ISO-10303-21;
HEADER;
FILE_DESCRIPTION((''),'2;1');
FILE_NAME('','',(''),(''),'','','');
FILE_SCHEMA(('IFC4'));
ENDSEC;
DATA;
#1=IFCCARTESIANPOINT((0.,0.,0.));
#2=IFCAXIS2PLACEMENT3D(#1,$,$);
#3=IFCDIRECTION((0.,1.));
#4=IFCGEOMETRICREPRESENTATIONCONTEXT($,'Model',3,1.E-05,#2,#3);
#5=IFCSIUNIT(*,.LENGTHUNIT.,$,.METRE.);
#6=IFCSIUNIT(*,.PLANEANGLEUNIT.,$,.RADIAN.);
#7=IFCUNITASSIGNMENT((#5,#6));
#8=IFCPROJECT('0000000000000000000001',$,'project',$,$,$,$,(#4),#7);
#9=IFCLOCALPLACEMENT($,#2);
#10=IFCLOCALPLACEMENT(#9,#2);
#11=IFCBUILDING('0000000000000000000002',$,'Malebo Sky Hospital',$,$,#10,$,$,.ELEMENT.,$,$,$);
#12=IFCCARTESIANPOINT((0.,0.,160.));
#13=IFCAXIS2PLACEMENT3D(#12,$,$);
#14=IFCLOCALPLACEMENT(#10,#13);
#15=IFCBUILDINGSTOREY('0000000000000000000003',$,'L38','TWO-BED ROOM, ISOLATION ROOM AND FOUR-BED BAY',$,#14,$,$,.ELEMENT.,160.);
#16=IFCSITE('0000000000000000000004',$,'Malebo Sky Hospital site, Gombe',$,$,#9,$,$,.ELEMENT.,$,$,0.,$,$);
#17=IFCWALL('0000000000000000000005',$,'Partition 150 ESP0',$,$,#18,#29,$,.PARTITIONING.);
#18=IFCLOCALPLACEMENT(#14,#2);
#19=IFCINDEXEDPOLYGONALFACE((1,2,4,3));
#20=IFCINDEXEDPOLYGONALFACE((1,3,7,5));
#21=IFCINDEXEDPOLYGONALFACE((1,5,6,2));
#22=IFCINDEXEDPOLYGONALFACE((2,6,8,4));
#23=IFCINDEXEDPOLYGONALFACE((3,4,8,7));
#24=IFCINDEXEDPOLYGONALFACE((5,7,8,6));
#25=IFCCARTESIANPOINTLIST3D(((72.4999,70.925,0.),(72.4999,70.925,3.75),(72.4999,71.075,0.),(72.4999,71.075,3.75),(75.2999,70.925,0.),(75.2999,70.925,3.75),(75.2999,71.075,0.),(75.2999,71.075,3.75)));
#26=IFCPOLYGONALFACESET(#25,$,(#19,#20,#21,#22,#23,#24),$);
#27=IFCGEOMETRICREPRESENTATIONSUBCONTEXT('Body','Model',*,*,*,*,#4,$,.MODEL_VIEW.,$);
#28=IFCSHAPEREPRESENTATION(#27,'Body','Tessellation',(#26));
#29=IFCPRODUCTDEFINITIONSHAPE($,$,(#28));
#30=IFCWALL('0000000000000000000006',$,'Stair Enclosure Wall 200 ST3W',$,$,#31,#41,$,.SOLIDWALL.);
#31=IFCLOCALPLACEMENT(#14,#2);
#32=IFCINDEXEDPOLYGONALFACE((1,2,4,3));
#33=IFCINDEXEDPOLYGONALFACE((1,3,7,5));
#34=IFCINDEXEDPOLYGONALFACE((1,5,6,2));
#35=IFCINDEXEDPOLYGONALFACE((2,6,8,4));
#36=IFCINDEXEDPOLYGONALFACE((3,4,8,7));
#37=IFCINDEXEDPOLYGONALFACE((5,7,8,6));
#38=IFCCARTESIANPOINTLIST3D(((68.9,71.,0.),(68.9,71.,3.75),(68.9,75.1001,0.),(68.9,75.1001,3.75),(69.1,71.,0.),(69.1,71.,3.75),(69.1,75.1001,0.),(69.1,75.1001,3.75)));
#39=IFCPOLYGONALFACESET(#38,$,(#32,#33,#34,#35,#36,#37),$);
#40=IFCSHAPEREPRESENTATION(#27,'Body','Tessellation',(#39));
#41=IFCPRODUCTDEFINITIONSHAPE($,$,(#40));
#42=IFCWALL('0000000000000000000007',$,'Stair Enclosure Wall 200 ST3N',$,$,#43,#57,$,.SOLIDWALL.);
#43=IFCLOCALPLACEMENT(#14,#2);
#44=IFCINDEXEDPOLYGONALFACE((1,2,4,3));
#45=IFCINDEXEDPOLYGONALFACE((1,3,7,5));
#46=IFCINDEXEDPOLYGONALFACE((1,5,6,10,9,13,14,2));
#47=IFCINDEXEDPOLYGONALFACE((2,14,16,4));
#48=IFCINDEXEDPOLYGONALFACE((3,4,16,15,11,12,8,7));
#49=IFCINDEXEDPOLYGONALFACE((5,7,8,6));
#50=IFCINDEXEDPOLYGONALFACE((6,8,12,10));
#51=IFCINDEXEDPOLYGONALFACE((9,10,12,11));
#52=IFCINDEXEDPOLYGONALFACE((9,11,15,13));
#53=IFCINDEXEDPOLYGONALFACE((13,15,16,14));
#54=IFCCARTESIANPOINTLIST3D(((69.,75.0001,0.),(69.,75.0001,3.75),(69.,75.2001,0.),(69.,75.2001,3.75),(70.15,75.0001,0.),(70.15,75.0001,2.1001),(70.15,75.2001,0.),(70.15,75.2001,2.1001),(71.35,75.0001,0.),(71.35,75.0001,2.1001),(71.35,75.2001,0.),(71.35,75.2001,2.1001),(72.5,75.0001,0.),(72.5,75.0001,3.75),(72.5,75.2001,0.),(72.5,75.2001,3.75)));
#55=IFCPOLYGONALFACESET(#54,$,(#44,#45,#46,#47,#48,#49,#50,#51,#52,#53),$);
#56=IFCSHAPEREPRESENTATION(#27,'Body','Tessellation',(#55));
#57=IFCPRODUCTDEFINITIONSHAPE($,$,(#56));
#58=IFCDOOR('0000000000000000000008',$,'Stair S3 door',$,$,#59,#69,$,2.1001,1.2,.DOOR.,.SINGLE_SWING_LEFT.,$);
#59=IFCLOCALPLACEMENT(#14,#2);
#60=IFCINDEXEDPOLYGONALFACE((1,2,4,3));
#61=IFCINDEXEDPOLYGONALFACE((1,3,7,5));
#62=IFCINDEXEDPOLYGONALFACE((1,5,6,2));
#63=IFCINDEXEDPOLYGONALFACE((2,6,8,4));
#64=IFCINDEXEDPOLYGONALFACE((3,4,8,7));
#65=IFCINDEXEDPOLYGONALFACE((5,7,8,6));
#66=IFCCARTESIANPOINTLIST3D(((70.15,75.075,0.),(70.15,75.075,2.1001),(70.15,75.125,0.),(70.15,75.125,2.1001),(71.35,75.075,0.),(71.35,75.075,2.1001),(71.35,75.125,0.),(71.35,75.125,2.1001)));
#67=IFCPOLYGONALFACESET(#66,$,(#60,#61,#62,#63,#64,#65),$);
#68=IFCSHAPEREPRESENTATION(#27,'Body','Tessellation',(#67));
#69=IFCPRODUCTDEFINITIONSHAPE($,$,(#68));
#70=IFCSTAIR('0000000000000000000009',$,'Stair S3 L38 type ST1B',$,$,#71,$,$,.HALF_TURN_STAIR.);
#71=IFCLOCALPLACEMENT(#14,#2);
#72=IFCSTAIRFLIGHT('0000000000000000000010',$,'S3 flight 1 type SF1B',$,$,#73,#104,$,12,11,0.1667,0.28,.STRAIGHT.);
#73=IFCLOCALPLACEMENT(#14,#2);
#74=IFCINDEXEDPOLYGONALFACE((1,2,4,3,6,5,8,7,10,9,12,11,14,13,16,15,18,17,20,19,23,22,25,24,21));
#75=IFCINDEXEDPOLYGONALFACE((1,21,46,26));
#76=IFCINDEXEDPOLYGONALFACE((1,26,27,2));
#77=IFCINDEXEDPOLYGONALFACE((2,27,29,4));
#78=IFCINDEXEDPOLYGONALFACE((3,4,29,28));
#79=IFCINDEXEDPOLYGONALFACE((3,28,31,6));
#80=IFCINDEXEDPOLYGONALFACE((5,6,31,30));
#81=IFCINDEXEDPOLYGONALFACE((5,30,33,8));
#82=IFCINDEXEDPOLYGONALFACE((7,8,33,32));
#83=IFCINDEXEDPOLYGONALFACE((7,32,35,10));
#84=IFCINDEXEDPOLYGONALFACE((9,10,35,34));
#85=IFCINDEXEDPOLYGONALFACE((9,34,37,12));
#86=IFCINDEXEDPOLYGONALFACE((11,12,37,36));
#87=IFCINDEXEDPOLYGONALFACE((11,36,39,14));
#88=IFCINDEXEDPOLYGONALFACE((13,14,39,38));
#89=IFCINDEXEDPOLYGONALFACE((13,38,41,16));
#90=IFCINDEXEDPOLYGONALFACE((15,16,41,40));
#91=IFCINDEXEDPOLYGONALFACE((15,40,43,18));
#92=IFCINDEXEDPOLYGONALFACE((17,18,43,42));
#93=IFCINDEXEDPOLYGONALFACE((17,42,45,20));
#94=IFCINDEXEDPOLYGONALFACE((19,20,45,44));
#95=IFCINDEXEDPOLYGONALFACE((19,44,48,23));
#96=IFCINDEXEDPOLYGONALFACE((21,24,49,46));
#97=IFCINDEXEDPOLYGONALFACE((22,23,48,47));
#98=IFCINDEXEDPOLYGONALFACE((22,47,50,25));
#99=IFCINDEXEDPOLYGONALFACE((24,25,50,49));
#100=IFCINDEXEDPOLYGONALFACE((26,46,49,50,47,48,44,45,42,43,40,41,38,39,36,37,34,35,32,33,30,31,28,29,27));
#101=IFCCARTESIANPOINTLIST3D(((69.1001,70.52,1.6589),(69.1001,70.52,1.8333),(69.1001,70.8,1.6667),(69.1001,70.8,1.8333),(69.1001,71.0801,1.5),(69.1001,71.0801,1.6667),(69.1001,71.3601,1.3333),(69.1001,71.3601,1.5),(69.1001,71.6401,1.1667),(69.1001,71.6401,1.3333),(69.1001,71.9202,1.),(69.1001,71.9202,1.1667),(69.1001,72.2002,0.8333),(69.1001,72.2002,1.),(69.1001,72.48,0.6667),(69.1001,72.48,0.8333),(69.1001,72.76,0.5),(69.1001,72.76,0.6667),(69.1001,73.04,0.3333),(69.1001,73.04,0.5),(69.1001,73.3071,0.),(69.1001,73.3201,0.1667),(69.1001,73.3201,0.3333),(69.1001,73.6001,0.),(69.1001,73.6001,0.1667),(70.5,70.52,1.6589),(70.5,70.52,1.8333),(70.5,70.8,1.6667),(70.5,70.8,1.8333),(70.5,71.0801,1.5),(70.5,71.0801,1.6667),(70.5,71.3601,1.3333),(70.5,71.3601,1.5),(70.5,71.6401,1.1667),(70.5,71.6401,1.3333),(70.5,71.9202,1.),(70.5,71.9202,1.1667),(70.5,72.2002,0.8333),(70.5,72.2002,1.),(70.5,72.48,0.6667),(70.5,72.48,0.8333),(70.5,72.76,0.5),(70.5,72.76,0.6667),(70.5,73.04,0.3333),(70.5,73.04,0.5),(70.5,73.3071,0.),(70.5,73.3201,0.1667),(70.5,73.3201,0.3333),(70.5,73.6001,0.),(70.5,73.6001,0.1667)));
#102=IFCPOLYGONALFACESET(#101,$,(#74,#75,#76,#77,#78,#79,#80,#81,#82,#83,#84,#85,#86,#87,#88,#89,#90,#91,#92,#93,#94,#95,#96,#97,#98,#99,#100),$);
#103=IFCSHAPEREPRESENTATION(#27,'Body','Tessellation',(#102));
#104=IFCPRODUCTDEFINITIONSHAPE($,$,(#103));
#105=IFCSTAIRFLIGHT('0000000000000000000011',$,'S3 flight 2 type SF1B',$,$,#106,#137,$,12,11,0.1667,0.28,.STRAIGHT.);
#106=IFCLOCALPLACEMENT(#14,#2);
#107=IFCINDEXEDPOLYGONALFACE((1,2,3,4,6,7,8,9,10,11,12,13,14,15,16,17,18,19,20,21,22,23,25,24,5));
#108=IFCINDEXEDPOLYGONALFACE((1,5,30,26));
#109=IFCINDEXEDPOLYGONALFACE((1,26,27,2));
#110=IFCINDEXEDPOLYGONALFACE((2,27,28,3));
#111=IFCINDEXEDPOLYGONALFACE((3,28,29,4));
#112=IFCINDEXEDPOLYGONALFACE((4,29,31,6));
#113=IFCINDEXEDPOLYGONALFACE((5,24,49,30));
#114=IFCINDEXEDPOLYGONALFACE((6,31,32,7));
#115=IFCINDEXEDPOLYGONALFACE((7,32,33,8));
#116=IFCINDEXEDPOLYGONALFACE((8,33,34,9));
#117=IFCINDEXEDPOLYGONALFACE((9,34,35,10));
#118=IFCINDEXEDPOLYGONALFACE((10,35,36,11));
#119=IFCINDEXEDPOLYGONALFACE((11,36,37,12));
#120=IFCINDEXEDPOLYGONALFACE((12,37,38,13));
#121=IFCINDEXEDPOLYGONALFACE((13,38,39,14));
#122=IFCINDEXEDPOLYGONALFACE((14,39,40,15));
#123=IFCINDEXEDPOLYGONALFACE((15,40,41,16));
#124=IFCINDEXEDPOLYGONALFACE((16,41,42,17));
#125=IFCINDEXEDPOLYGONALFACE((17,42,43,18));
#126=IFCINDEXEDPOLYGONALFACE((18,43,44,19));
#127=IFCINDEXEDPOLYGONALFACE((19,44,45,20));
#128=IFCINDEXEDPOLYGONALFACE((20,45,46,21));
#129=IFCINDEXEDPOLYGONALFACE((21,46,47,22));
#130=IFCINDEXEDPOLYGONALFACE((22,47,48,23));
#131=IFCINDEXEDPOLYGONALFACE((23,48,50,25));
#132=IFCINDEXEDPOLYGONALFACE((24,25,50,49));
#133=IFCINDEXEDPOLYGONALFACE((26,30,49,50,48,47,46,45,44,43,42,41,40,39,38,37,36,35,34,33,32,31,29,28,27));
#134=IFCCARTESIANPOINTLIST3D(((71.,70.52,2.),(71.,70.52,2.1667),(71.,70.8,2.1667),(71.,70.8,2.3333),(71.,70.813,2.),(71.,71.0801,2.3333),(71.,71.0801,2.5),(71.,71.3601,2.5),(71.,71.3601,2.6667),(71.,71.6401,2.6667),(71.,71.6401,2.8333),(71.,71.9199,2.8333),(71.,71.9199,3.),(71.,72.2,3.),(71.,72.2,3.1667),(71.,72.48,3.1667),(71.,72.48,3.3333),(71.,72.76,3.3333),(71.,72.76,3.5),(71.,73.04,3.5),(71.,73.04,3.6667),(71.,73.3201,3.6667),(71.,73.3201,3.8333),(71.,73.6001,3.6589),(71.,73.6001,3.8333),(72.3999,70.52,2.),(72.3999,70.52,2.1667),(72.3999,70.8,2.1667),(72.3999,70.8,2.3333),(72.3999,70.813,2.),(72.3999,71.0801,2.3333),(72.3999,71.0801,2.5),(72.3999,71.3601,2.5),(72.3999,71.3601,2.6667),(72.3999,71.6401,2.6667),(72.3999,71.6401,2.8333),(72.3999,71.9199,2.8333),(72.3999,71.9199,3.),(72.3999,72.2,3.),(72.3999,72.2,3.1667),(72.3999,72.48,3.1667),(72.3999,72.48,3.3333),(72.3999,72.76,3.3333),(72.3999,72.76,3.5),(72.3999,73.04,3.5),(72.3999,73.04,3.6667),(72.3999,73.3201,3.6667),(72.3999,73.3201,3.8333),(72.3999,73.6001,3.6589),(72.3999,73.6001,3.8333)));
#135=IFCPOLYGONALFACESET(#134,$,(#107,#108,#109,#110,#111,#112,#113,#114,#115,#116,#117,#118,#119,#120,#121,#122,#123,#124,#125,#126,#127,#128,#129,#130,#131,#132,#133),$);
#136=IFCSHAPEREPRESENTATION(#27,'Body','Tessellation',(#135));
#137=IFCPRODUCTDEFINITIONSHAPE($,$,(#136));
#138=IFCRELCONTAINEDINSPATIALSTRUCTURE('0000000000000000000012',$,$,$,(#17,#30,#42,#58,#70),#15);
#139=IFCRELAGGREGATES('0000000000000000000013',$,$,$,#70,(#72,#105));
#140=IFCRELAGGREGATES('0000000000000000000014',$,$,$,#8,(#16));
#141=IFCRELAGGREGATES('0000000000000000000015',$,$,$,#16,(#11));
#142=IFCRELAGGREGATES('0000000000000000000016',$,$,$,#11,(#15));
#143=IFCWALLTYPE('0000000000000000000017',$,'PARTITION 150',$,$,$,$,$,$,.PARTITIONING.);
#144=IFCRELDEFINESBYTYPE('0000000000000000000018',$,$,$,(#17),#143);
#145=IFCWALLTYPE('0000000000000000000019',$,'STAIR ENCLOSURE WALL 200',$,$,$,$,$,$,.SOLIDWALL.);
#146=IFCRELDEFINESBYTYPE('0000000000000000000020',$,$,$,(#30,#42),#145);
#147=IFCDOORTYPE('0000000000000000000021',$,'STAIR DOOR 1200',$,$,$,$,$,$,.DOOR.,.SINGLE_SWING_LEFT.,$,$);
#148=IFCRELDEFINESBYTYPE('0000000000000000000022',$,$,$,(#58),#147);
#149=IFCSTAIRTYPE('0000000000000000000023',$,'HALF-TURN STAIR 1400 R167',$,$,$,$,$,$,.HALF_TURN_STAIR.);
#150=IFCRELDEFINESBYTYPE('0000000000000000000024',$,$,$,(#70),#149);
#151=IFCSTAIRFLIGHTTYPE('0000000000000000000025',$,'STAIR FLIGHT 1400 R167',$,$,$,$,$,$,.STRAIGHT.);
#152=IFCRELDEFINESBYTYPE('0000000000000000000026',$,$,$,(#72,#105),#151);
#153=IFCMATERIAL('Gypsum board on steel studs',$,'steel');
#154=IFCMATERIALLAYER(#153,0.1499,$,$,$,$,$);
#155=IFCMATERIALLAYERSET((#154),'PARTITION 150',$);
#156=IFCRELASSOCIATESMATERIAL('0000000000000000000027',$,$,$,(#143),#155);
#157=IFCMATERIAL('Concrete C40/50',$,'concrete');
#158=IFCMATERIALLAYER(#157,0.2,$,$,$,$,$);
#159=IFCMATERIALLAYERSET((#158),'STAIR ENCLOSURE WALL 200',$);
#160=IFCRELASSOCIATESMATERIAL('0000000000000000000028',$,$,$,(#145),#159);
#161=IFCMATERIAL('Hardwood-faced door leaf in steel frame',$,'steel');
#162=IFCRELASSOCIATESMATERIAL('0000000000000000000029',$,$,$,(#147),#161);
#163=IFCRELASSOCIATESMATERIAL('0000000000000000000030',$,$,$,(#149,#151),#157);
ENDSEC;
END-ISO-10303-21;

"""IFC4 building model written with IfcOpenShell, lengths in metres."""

from ifc_helpers import new_model, si_unit, direction, frame, frame_2d, origin, place, context, subcontext, project, spatial, polyline, rectangle, outline, extrude, material, layer, layer_set, type_object, element, fill, aggregate, save


model = new_model("IFC4")

# Units and contexts
model_context = context("Model", 3, precision=1e-05, world=origin(), true_north=direction((0.0, 1.0)))
body_context = subcontext(model_context, "Body", "Model", "MODEL_VIEW")
ifc_project = project(units=[si_unit("LENGTHUNIT", "METRE"), si_unit("PLANEANGLEUNIT", "RADIAN")], contexts=[model_context])

# Site, building, storey
site_placement = place(None, origin())
site = spatial("IfcSite", under=ifc_project, at=site_placement, Name="Malebo Sky Hospital site, Gombe", CompositionType="ELEMENT", RefElevation=0.0)
building_placement = place(site_placement, origin())
building = spatial("IfcBuilding", under=site, at=building_placement, Name="Malebo Sky Hospital", CompositionType="ELEMENT")
storey_placement = place(building_placement, frame((0.0, 0.0, 160.0)))
storey = spatial("IfcBuildingStorey", under=building, at=storey_placement, Name="L38", Description="TWO-BED ROOM, ISOLATION ROOM AND FOUR-BED BAY", CompositionType="ELEMENT", Elevation=160.0)

# Shared definitions
ifc_material_1 = material(Name="Gypsum board on steel studs", Category="steel")

# Shared definitions
ifc_layer_1 = layer(ifc_material_1, 0.1499)
ifc_layer_set_1 = layer_set([ifc_layer_1], Name="PARTITION 150")
wall_type_1 = type_object("IfcWallType", Name="PARTITION 150", PredefinedType="PARTITIONING", material=ifc_layer_set_1)
ifc_material_2 = material(Name="Hardwood-faced door leaf in steel frame", Category="steel")

# Walls
wall_1_placement = place(storey_placement, frame((72.5, 71.0, 0.0), z_axis=(0.0, 0.0, 1.0), x_axis=(1.0, 0.0, 0.0)))
element("IfcWall", 1, at=wall_1_placement, inside=storey, type_object=wall_type_1, Name="Partition 150 ESP0", PredefinedType="PARTITIONING", context=body_context, shape_type="SweptSolid", body=[
    extrude(rectangle(XDim=2.8, YDim=0.1499, at=frame_2d((1.3999, 0.0))), origin(), (0.0, 0.0, 1.0), 3.75),
])
ifc_material_3 = material(Name="Concrete C40/50", Category="concrete")
ifc_layer_2 = layer(ifc_material_3, 0.2)
ifc_layer_set_2 = layer_set([ifc_layer_2], Name="STAIR ENCLOSURE WALL 200")
wall_type_2 = type_object("IfcWallType", Name="STAIR ENCLOSURE WALL 200", PredefinedType="SOLIDWALL", material=ifc_layer_set_2)
wall_2_placement = place(storey_placement, frame((69.0, 71.0, 0.0), z_axis=(0.0, 0.0, 1.0), x_axis=(0.0, 1.0, 0.0)))
element("IfcWall", 2, at=wall_2_placement, inside=storey, type_object=wall_type_2, Name="Stair Enclosure Wall 200 ST3W", PredefinedType="SOLIDWALL", context=body_context, shape_type="SweptSolid", body=[
    extrude(rectangle(XDim=4.1001, YDim=0.2, at=frame_2d((2.05, 0.0))), origin(), (0.0, 0.0, 1.0), 3.75),
])

# Wall, opening, door
wall_3_placement = place(storey_placement, frame((69.0, 75.1001, 0.0), z_axis=(0.0, 0.0, 1.0), x_axis=(1.0, 0.0, 0.0)))
wall_3 = element("IfcWall", 3, at=wall_3_placement, inside=storey, type_object=wall_type_2, Name="Stair Enclosure Wall 200 ST3N", PredefinedType="SOLIDWALL", context=body_context, shape_type="SweptSolid", body=[
    extrude(rectangle(XDim=3.5, YDim=0.2, at=frame_2d((1.75, 0.0))), origin(), (0.0, 0.0, 1.0), 3.75),
])
opening_1_placement = place(wall_3_placement, frame((1.1499, 0.0, 0.0)))
opening_1 = element("IfcOpeningElement", 4, at=opening_1_placement, cuts=wall_3, PredefinedType="OPENING", context=body_context, shape_type="SweptSolid", body=[
    extrude(rectangle(XDim=1.2, YDim=2.1001, at=frame_2d((0.6001, 1.05))), frame((0.0, 0.1099, 0.0), z_axis=(0.0, -1.0, 0.0), x_axis=(1.0, 0.0, 0.0)), (0.0, 0.0, 1.0), 0.22),
])
door_type_1 = type_object("IfcDoorType", Name="STAIR DOOR 1200", OperationType="SINGLE_SWING_LEFT", PredefinedType="DOOR", material=ifc_material_2)
door_1_placement = place(opening_1_placement, origin())
door_1 = element("IfcDoor", 5, at=door_1_placement, inside=storey, type_object=door_type_1, Name="Stair S3 door", OperationType="SINGLE_SWING_LEFT", OverallHeight=2.1001, OverallWidth=1.2, PredefinedType="DOOR", context=body_context, shape_type="SweptSolid", body=[
    extrude(rectangle(XDim=1.2, YDim=2.1001, at=frame_2d((0.6001, 1.05))), frame((0.0, 0.0249, 0.0), z_axis=(0.0, -1.0, 0.0), x_axis=(1.0, 0.0, 0.0)), (0.0, 0.0, 1.0), 0.05),
])
fill(opening_1, door_1)

# Stair, stair flights
stair_type = type_object("IfcStairType", Name="HALF-TURN STAIR 1400 R167", PredefinedType="HALF_TURN_STAIR", material=ifc_material_3)
stair_placement = place(storey_placement, origin())
stair = element("IfcStair", 6, at=stair_placement, inside=storey, type_object=stair_type, Name="Stair S3 L38 type ST1B", PredefinedType="HALF_TURN_STAIR")
stair_flight_type = type_object("IfcStairFlightType", Name="STAIR FLIGHT 1400 R167", PredefinedType="STRAIGHT", material=ifc_material_3)
stair_flight_1_placement = place(storey_placement, frame((69.8, 73.6001, 0.0), z_axis=(0.0, 0.0, 1.0), x_axis=(0.0, -1.0, 0.0)))
stair_flight_1 = element("IfcStairFlight", 7, at=stair_flight_1_placement, type_object=stair_flight_type, Name="S3 flight 1 type SF1B", NumberOfRisers=12, NumberOfTreads=11, PredefinedType="STRAIGHT", RiserHeight=0.1667, TreadLength=0.28, context=body_context, shape_type="SweptSolid", body=[
    extrude(outline(polyline([(0.0, 0.0), (0.0, 0.1667), (0.28, 0.1667), (0.28, 0.3333), (0.5601, 0.3333), (0.5601, 0.5), (0.8401, 0.5), (0.8401, 0.6667), (1.1201, 0.6667), (1.1201, 0.8333), (1.3999, 0.8333), (1.3999, 1.0), (1.6799, 1.0), (1.6799, 1.1667), (1.96, 1.1667), (1.96, 1.3333), (2.24, 1.3333), (2.24, 1.5), (2.52, 1.5), (2.52, 1.6667), (2.8, 1.6667), (2.8, 1.8333), (3.0801, 1.8333), (3.0801, 2.0), (3.0801, 1.6589), (0.293, 0.0), (0.0, 0.0)])), frame((0.0, 0.7, 0.0), z_axis=(0.0, -1.0, 0.0), x_axis=(1.0, 0.0, 0.0)), (0.0, 0.0, 1.0), 1.3999),
])
stair_flight_2_placement = place(storey_placement, frame((71.7, 70.52, 2.0), z_axis=(0.0, 0.0, 1.0), x_axis=(0.0, 1.0, 0.0)))
stair_flight_2 = element("IfcStairFlight", 8, at=stair_flight_2_placement, type_object=stair_flight_type, Name="S3 flight 2 type SF1B", NumberOfRisers=12, NumberOfTreads=11, PredefinedType="STRAIGHT", RiserHeight=0.1667, TreadLength=0.28, context=body_context, shape_type="SweptSolid", body=[
    extrude(outline(polyline([(0.0, 0.0), (0.0, 0.1667), (0.28, 0.1667), (0.28, 0.3333), (0.5601, 0.3333), (0.5601, 0.5), (0.8401, 0.5), (0.8401, 0.6667), (1.1201, 0.6667), (1.1201, 0.8333), (1.3999, 0.8333), (1.3999, 1.0), (1.6799, 1.0), (1.6799, 1.1667), (1.96, 1.1667), (1.96, 1.3333), (2.24, 1.3333), (2.24, 1.5), (2.52, 1.5), (2.52, 1.6667), (2.8, 1.6667), (2.8, 1.8333), (3.0801, 1.8333), (3.0801, 2.0), (3.0801, 1.6589), (0.293, 0.0), (0.0, 0.0)])), frame((0.0, 0.7, 0.0), z_axis=(0.0, -1.0, 0.0), x_axis=(1.0, 0.0, 0.0)), (0.0, 0.0, 1.0), 1.3999),
])
aggregate(stair, [stair_flight_1, stair_flight_2])

save(model, "model.ifc")
